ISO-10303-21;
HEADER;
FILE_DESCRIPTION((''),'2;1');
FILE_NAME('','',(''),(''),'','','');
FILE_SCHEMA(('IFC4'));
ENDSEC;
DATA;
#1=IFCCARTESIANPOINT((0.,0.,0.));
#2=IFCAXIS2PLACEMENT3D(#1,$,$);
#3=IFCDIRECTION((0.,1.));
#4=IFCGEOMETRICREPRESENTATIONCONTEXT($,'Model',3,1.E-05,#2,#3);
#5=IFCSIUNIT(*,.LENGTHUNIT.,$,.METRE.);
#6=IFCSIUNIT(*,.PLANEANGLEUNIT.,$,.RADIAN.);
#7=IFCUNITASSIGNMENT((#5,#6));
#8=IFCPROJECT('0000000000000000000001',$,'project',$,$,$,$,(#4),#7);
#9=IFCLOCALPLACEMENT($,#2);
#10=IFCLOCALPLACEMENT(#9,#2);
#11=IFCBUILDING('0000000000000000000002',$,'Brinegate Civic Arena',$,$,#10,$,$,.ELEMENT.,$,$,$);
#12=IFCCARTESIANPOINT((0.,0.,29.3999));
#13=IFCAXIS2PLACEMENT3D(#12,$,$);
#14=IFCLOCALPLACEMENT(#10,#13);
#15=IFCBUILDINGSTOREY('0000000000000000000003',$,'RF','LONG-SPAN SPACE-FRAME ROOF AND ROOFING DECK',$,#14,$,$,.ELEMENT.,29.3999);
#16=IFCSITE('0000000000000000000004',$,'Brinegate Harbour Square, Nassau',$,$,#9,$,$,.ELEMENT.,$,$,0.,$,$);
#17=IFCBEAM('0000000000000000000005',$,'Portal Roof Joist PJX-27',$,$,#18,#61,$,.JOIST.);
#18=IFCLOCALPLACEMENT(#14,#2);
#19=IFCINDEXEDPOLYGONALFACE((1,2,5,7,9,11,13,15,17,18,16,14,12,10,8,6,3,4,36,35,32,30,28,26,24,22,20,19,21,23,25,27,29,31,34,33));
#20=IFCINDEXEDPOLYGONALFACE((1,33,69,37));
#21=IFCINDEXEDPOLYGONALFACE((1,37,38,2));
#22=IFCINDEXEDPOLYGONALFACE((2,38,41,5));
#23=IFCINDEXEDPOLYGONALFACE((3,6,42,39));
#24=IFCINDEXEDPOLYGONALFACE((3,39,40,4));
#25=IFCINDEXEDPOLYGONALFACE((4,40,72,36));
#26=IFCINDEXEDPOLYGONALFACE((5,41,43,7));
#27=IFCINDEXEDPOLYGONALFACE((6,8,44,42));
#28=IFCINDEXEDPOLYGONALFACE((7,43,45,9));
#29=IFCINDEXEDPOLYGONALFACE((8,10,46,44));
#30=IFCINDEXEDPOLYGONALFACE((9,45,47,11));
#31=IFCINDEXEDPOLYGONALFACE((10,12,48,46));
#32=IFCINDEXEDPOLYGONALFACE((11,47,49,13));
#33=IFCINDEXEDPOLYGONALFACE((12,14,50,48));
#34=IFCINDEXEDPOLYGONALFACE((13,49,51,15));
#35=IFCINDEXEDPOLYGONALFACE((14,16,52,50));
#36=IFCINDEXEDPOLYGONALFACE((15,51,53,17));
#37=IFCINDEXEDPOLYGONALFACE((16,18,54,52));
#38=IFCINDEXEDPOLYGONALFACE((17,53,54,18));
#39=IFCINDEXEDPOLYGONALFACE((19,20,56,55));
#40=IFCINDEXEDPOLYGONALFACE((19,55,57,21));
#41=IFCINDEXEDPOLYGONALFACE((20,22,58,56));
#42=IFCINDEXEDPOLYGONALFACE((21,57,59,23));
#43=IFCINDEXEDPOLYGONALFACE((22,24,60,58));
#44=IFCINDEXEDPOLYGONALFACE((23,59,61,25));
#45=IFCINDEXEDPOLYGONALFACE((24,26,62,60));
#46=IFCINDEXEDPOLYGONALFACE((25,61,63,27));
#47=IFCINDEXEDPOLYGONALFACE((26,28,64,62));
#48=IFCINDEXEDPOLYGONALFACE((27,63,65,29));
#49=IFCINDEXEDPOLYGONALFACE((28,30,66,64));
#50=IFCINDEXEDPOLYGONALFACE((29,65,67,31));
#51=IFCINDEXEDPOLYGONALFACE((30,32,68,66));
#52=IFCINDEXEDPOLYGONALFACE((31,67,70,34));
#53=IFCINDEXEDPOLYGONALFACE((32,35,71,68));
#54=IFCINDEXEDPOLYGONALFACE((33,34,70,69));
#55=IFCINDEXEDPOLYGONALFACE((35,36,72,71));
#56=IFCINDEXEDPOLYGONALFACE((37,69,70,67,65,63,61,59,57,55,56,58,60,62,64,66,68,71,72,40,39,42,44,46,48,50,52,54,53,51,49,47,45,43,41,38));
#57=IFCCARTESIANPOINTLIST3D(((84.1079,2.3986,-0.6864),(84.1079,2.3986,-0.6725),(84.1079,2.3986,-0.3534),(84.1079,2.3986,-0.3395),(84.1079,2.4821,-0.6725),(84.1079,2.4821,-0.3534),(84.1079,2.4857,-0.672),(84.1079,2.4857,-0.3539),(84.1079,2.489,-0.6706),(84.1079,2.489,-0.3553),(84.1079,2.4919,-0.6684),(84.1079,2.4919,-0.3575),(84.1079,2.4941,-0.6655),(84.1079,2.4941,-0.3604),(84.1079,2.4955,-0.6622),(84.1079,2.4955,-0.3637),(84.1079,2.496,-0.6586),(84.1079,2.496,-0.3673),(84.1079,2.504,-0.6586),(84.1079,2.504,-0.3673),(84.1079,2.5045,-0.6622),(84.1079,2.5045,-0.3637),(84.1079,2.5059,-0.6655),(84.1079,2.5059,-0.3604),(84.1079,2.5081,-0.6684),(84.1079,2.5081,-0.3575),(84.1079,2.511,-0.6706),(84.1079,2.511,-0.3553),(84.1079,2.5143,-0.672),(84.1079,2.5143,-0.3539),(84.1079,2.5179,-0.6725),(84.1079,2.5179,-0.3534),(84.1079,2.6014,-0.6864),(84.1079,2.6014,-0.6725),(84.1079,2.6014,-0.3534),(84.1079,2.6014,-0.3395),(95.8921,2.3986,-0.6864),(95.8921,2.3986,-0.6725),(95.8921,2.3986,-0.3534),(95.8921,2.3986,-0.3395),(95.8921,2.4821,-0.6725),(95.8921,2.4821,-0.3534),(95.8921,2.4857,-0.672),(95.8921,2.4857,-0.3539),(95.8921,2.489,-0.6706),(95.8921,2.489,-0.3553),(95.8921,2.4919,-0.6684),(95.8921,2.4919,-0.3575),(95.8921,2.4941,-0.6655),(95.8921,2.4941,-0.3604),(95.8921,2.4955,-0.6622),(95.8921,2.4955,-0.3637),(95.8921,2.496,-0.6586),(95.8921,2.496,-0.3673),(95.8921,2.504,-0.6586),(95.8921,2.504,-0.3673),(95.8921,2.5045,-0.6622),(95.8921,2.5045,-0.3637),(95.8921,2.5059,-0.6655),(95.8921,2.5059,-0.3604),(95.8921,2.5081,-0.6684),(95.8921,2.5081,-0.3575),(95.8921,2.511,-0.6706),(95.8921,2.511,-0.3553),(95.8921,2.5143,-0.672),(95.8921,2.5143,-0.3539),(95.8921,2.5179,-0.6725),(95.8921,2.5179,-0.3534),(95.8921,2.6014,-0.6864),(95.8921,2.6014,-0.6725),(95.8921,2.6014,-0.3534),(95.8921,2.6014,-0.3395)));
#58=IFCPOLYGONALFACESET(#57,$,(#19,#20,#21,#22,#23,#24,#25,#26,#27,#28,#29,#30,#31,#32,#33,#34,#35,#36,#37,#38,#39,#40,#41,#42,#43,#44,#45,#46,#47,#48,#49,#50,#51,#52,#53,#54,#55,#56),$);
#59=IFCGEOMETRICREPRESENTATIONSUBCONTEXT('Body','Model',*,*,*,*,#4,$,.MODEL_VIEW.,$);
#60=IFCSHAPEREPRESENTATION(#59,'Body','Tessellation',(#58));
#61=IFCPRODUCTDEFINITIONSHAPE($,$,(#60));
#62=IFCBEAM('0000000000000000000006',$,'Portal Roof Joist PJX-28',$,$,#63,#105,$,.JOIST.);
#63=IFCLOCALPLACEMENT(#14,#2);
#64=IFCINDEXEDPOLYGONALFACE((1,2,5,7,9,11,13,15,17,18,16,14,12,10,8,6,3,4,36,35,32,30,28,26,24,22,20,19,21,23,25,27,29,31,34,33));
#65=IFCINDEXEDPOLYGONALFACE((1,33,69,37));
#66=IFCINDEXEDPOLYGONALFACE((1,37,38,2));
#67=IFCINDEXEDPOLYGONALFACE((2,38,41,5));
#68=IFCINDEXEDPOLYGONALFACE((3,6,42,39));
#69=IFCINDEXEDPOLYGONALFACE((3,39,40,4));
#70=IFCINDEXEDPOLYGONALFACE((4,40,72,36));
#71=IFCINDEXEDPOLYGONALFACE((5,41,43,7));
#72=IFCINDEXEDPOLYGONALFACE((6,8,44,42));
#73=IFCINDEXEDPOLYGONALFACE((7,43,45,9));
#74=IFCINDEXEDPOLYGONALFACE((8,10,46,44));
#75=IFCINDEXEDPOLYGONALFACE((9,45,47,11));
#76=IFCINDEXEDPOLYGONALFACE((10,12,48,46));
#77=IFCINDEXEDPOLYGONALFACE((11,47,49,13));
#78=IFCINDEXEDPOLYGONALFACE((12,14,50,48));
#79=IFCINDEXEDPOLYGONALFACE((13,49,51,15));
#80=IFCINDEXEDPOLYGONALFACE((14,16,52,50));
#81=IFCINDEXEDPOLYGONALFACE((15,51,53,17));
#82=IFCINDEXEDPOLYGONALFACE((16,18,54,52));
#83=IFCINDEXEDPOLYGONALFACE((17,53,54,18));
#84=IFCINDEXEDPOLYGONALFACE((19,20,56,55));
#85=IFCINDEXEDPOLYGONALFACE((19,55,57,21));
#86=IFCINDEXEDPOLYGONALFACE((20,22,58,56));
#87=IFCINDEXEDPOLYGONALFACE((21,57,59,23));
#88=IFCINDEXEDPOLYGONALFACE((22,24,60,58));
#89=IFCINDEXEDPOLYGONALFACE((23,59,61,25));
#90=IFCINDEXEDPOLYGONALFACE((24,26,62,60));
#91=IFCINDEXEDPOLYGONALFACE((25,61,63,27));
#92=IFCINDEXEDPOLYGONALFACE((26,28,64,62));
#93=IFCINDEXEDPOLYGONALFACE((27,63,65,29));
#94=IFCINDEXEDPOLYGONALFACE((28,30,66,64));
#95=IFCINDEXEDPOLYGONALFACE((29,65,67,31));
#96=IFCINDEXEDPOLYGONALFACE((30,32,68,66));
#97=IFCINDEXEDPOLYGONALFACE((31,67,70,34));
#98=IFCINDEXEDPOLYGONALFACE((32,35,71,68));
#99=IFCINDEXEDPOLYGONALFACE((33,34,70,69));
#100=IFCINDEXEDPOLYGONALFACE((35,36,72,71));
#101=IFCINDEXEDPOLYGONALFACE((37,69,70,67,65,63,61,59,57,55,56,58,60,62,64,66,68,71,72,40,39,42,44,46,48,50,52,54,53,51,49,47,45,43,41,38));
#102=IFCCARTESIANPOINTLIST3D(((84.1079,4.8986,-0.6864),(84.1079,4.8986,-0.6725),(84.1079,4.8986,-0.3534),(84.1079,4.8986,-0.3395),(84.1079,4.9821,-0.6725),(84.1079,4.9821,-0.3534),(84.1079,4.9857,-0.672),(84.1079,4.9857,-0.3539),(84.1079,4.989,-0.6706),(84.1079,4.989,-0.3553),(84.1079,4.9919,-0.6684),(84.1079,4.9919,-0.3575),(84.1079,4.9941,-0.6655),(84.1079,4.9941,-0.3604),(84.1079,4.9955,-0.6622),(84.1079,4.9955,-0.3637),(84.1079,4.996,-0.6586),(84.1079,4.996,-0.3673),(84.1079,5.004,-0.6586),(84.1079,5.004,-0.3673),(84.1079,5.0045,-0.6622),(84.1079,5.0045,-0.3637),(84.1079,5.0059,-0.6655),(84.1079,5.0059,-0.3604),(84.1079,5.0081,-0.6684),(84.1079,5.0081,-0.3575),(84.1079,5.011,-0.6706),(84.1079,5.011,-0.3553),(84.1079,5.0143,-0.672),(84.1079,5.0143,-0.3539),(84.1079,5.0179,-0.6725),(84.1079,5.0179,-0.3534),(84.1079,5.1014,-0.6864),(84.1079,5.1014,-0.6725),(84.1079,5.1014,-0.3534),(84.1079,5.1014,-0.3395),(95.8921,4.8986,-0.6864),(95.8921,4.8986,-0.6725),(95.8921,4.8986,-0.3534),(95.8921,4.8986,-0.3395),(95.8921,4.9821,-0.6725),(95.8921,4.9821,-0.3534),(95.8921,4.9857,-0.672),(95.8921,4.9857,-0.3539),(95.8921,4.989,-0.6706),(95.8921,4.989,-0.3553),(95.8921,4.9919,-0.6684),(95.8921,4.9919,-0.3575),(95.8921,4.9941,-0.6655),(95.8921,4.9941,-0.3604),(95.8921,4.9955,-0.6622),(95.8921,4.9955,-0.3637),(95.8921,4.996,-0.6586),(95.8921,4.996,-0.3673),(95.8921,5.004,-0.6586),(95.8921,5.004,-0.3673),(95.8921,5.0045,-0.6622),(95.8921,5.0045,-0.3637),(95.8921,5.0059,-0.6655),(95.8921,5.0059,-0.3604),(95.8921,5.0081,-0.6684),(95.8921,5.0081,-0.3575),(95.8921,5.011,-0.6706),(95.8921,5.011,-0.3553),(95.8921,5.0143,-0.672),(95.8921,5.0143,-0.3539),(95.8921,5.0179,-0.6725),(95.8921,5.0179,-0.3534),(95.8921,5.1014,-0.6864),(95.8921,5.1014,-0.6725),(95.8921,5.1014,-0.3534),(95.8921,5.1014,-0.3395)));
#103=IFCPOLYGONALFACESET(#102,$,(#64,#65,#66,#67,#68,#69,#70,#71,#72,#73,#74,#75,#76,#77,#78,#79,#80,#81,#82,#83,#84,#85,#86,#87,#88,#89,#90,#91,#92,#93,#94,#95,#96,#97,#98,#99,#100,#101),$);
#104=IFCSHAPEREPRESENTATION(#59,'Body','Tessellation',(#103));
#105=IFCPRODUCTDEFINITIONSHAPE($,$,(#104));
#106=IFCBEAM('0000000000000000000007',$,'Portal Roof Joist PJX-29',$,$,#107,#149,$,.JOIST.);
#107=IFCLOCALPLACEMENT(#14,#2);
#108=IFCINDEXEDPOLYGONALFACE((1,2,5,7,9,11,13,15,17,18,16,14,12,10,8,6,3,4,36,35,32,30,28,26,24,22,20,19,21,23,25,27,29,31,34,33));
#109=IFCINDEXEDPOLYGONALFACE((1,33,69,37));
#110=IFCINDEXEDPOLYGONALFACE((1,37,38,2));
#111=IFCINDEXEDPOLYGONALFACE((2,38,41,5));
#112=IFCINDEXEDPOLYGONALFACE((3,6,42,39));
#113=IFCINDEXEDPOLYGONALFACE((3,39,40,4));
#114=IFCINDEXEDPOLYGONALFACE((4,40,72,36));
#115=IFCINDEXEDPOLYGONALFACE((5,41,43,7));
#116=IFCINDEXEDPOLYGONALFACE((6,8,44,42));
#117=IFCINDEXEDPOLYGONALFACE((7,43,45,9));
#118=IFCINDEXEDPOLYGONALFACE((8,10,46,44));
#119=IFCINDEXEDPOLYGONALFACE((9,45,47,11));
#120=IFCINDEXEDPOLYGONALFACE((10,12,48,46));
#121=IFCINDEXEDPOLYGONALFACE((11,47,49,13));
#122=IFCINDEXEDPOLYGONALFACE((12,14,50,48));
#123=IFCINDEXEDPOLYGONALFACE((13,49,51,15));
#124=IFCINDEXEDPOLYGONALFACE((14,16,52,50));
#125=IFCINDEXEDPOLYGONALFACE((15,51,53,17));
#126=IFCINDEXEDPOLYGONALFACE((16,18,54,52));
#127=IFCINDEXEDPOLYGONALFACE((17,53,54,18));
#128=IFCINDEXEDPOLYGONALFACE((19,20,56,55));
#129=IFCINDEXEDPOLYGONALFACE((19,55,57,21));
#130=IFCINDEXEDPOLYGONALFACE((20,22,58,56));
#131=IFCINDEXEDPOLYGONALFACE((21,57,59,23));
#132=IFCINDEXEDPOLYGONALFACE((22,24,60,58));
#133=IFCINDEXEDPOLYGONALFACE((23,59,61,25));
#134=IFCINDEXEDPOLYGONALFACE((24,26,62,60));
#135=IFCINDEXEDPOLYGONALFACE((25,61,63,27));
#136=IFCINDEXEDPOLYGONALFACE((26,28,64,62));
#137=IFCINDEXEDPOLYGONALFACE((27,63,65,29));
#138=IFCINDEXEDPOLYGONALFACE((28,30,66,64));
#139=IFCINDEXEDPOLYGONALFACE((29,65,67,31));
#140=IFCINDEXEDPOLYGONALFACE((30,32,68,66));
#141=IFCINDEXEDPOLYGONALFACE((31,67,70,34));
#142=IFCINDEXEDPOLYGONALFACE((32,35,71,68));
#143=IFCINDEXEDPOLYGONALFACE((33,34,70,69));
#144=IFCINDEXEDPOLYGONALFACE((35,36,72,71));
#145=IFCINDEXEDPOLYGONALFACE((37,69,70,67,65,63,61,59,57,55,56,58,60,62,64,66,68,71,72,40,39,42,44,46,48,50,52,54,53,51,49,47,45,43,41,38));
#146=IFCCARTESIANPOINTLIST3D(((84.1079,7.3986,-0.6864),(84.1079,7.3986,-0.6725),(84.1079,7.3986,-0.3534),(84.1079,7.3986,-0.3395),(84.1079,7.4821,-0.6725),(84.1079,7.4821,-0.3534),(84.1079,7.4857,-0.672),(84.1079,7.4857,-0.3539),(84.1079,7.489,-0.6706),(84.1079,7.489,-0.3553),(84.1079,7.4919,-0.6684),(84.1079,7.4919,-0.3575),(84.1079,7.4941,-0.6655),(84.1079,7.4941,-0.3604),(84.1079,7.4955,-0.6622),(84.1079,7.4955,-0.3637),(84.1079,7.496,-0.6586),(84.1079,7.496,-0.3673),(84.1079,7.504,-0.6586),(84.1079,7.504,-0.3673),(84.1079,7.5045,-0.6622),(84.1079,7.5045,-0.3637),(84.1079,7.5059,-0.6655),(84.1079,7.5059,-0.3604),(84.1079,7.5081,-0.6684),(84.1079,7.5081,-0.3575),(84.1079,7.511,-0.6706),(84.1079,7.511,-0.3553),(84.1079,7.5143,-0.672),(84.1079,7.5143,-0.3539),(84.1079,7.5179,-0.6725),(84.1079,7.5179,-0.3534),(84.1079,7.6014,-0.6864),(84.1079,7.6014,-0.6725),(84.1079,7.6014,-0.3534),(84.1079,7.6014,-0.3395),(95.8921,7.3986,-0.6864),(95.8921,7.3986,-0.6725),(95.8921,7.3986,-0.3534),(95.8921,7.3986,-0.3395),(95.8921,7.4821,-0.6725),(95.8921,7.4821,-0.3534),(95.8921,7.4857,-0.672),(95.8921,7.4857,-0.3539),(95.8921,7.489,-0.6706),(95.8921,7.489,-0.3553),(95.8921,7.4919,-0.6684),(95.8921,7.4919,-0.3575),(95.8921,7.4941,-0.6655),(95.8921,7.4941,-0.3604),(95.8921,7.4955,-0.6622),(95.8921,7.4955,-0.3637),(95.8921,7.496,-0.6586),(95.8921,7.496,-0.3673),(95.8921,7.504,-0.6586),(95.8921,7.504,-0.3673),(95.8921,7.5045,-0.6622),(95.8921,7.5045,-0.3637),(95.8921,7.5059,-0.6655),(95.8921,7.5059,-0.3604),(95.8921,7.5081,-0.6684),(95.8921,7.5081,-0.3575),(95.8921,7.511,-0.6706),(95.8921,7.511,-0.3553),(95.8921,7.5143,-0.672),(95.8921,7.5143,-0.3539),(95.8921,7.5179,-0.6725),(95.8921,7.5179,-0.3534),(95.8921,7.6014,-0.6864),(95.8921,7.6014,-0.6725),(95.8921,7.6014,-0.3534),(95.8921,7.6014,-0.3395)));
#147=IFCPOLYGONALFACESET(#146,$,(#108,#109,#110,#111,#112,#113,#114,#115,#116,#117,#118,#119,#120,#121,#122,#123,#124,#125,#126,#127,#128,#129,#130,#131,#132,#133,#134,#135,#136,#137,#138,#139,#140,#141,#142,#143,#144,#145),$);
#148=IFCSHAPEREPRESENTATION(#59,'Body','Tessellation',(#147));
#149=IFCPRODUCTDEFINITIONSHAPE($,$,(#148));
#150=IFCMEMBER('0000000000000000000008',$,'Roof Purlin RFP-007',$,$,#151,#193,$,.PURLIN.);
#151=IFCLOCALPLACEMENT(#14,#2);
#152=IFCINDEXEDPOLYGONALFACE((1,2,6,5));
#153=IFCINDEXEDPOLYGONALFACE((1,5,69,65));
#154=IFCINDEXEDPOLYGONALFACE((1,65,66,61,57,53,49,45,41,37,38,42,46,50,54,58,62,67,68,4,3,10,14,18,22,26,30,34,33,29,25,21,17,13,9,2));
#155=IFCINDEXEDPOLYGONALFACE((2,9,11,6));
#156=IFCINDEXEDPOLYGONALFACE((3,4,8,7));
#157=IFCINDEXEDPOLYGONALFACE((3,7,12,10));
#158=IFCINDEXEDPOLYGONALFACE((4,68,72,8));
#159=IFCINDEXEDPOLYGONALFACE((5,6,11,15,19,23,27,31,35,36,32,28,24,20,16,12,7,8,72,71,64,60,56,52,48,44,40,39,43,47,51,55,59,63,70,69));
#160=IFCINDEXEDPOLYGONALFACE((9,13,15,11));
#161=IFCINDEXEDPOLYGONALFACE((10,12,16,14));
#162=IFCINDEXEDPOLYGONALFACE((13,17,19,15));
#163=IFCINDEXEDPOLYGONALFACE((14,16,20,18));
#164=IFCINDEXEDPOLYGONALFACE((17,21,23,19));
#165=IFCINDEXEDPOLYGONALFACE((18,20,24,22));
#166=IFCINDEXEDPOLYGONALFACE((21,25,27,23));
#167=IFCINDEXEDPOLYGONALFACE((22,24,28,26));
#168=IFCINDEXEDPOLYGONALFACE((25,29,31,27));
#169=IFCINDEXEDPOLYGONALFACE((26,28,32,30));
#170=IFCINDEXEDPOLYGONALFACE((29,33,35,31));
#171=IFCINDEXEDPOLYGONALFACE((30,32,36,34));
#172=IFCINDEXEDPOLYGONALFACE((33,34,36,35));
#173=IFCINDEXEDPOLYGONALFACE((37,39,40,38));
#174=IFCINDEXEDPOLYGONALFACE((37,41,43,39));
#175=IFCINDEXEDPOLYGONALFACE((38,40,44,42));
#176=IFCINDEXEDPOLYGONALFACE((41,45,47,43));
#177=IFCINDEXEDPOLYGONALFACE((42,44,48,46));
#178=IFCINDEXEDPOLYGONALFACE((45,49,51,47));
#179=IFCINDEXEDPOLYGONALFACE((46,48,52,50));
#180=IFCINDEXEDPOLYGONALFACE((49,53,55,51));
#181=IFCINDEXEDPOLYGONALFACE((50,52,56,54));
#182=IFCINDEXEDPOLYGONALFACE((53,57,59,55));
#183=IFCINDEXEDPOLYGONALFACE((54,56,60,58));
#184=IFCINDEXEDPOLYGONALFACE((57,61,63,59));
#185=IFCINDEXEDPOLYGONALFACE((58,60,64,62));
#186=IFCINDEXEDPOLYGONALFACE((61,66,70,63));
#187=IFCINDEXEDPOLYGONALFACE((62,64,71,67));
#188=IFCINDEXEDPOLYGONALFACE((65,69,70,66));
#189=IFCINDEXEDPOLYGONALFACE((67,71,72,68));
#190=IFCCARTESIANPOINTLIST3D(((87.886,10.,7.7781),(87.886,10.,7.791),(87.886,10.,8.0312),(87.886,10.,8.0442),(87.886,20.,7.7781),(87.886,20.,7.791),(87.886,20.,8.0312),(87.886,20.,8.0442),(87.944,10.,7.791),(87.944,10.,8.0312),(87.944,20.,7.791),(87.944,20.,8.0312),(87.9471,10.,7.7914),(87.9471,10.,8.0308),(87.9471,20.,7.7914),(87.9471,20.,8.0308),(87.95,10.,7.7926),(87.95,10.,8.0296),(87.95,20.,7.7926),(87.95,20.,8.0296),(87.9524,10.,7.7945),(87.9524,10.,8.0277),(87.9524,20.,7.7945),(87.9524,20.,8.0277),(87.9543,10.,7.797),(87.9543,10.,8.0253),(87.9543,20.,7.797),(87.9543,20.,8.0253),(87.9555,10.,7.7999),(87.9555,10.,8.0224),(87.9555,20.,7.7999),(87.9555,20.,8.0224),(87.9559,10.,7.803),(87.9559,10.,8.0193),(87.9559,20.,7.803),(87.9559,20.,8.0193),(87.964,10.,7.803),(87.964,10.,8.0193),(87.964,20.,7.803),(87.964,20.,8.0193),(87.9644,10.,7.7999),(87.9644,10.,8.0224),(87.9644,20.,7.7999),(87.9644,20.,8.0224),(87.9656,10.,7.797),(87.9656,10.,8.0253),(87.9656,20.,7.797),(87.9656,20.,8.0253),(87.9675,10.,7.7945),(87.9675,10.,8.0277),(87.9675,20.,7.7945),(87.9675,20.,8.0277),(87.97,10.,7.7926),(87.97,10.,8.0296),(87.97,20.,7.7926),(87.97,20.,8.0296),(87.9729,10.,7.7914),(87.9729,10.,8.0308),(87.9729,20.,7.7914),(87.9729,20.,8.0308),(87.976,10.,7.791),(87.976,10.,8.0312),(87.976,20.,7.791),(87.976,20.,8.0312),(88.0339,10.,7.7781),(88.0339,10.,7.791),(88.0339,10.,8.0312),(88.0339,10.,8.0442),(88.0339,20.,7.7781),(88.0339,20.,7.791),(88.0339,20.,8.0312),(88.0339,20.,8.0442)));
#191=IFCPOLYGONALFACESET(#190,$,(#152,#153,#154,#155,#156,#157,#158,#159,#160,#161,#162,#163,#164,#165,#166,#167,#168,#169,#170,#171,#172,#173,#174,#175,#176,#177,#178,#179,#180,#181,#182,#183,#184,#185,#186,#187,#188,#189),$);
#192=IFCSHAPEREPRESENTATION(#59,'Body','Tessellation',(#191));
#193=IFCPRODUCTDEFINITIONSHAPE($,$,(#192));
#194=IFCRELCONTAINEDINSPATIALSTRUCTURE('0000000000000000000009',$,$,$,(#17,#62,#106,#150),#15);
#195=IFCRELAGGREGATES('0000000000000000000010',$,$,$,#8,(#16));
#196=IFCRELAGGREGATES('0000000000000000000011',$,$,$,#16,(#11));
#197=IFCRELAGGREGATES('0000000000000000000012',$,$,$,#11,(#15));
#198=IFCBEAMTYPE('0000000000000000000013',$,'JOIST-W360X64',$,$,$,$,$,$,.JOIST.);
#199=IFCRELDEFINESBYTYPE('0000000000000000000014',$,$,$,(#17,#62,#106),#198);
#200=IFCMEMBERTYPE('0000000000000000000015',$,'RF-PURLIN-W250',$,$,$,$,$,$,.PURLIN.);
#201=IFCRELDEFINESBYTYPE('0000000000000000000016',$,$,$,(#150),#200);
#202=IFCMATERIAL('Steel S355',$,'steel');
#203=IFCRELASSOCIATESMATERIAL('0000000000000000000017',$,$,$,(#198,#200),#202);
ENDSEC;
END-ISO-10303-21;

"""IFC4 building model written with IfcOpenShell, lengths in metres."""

from ifc_helpers import new_model, si_unit, direction, frame, origin, origin_2d, place, context, subcontext, project, spatial, i_section, extrude, material, material_profile, profile_set, type_object, element, save


model = new_model("IFC4")

# Units and contexts
model_context = context("Model", 3, precision=1e-05, world=origin(), true_north=direction((0.0, 1.0)))
body_context = subcontext(model_context, "Body", "Model", "MODEL_VIEW")
ifc_project = project(units=[si_unit("LENGTHUNIT", "METRE"), si_unit("PLANEANGLEUNIT", "RADIAN")], contexts=[model_context])

# Site, building, storey
site_placement = place(None, origin())
site = spatial("IfcSite", under=ifc_project, at=site_placement, Name="Brinegate Harbour Square, Nassau", CompositionType="ELEMENT", RefElevation=0.0)
building_placement = place(site_placement, origin())
building = spatial("IfcBuilding", under=site, at=building_placement, Name="Brinegate Civic Arena", CompositionType="ELEMENT")
storey_placement = place(building_placement, frame((0.0, 0.0, 29.3999)))
storey = spatial("IfcBuildingStorey", under=building, at=storey_placement, Name="RF", Description="LONG-SPAN SPACE-FRAME ROOF AND ROOFING DECK", CompositionType="ELEMENT", Elevation=29.3999)

# Beams
ifc_material_1 = material(Name="Steel S355", Category="steel")
ifc_material_profile_1 = material_profile(ifc_material_1, i_section(OverallWidth=0.2029, OverallDepth=0.3469, WebThickness=0.0081, FlangeThickness=0.0139, FilletRadius=0.0139, at=origin_2d()), Name="W360X64")
ifc_profile_set_1 = profile_set([ifc_material_profile_1], Name="Steel S355")
beam_type_1 = type_object("IfcBeamType", Name="JOIST-W360X64", PredefinedType="JOIST", material=ifc_profile_set_1)
for number, where, z_axis, x_axis, name in (
    (1, (84.1079, 2.5, -0.5129), (1.0, 0.0, 0.0), (0.0, 1.0, 0.0), "Portal Roof Joist PJX-27"),
    (2, (84.1079, 5.0, -0.5129), (1.0, 0.0, 0.0), (0.0, 1.0, 0.0), "Portal Roof Joist PJX-28"),
    (3, (84.1079, 7.5, -0.5129), (1.0, 0.0, 0.0), (0.0, 1.0, 0.0), "Portal Roof Joist PJX-29"),
):
    element("IfcBeam", number, at=place(storey_placement, frame(where, z_axis=z_axis, x_axis=x_axis)), inside=storey, type_object=beam_type_1, Name=name, PredefinedType="JOIST", context=body_context, shape_type="SweptSolid", body=[
        extrude(i_section(OverallWidth=0.2029, OverallDepth=0.3469, WebThickness=0.0081, FlangeThickness=0.0139, FilletRadius=0.0139, at=origin_2d()), origin(), (0.0, 0.0, 1.0), 11.7842),
    ])

# Member
ifc_material_profile_2 = material_profile(ifc_material_1, i_section(OverallWidth=0.1479, OverallDepth=0.2661, WebThickness=0.0081, FlangeThickness=0.0129, FilletRadius=0.012, at=origin_2d()), Name="W250X45")
ifc_profile_set_2 = profile_set([ifc_material_profile_2], Name="Steel S355")
member_type_1 = type_object("IfcMemberType", Name="RF-PURLIN-W250", PredefinedType="PURLIN", material=ifc_profile_set_2)
for number, where, z_axis, x_axis, name in (
    (4, (87.96, 10.0, 7.9111), (0.0, 1.0, 0.0), (-1.0, 0.0, 0.0), "Roof Purlin RFP-007"),
):
    element("IfcMember", number, at=place(storey_placement, frame(where, z_axis=z_axis, x_axis=x_axis)), inside=storey, type_object=member_type_1, Name=name, PredefinedType="PURLIN", context=body_context, shape_type="SweptSolid", body=[
        extrude(i_section(OverallWidth=0.1479, OverallDepth=0.2661, WebThickness=0.0081, FlangeThickness=0.0129, FilletRadius=0.012, at=origin_2d()), origin(), (0.0, 0.0, 1.0), 10.0),
    ])

save(model, "model.ifc")
